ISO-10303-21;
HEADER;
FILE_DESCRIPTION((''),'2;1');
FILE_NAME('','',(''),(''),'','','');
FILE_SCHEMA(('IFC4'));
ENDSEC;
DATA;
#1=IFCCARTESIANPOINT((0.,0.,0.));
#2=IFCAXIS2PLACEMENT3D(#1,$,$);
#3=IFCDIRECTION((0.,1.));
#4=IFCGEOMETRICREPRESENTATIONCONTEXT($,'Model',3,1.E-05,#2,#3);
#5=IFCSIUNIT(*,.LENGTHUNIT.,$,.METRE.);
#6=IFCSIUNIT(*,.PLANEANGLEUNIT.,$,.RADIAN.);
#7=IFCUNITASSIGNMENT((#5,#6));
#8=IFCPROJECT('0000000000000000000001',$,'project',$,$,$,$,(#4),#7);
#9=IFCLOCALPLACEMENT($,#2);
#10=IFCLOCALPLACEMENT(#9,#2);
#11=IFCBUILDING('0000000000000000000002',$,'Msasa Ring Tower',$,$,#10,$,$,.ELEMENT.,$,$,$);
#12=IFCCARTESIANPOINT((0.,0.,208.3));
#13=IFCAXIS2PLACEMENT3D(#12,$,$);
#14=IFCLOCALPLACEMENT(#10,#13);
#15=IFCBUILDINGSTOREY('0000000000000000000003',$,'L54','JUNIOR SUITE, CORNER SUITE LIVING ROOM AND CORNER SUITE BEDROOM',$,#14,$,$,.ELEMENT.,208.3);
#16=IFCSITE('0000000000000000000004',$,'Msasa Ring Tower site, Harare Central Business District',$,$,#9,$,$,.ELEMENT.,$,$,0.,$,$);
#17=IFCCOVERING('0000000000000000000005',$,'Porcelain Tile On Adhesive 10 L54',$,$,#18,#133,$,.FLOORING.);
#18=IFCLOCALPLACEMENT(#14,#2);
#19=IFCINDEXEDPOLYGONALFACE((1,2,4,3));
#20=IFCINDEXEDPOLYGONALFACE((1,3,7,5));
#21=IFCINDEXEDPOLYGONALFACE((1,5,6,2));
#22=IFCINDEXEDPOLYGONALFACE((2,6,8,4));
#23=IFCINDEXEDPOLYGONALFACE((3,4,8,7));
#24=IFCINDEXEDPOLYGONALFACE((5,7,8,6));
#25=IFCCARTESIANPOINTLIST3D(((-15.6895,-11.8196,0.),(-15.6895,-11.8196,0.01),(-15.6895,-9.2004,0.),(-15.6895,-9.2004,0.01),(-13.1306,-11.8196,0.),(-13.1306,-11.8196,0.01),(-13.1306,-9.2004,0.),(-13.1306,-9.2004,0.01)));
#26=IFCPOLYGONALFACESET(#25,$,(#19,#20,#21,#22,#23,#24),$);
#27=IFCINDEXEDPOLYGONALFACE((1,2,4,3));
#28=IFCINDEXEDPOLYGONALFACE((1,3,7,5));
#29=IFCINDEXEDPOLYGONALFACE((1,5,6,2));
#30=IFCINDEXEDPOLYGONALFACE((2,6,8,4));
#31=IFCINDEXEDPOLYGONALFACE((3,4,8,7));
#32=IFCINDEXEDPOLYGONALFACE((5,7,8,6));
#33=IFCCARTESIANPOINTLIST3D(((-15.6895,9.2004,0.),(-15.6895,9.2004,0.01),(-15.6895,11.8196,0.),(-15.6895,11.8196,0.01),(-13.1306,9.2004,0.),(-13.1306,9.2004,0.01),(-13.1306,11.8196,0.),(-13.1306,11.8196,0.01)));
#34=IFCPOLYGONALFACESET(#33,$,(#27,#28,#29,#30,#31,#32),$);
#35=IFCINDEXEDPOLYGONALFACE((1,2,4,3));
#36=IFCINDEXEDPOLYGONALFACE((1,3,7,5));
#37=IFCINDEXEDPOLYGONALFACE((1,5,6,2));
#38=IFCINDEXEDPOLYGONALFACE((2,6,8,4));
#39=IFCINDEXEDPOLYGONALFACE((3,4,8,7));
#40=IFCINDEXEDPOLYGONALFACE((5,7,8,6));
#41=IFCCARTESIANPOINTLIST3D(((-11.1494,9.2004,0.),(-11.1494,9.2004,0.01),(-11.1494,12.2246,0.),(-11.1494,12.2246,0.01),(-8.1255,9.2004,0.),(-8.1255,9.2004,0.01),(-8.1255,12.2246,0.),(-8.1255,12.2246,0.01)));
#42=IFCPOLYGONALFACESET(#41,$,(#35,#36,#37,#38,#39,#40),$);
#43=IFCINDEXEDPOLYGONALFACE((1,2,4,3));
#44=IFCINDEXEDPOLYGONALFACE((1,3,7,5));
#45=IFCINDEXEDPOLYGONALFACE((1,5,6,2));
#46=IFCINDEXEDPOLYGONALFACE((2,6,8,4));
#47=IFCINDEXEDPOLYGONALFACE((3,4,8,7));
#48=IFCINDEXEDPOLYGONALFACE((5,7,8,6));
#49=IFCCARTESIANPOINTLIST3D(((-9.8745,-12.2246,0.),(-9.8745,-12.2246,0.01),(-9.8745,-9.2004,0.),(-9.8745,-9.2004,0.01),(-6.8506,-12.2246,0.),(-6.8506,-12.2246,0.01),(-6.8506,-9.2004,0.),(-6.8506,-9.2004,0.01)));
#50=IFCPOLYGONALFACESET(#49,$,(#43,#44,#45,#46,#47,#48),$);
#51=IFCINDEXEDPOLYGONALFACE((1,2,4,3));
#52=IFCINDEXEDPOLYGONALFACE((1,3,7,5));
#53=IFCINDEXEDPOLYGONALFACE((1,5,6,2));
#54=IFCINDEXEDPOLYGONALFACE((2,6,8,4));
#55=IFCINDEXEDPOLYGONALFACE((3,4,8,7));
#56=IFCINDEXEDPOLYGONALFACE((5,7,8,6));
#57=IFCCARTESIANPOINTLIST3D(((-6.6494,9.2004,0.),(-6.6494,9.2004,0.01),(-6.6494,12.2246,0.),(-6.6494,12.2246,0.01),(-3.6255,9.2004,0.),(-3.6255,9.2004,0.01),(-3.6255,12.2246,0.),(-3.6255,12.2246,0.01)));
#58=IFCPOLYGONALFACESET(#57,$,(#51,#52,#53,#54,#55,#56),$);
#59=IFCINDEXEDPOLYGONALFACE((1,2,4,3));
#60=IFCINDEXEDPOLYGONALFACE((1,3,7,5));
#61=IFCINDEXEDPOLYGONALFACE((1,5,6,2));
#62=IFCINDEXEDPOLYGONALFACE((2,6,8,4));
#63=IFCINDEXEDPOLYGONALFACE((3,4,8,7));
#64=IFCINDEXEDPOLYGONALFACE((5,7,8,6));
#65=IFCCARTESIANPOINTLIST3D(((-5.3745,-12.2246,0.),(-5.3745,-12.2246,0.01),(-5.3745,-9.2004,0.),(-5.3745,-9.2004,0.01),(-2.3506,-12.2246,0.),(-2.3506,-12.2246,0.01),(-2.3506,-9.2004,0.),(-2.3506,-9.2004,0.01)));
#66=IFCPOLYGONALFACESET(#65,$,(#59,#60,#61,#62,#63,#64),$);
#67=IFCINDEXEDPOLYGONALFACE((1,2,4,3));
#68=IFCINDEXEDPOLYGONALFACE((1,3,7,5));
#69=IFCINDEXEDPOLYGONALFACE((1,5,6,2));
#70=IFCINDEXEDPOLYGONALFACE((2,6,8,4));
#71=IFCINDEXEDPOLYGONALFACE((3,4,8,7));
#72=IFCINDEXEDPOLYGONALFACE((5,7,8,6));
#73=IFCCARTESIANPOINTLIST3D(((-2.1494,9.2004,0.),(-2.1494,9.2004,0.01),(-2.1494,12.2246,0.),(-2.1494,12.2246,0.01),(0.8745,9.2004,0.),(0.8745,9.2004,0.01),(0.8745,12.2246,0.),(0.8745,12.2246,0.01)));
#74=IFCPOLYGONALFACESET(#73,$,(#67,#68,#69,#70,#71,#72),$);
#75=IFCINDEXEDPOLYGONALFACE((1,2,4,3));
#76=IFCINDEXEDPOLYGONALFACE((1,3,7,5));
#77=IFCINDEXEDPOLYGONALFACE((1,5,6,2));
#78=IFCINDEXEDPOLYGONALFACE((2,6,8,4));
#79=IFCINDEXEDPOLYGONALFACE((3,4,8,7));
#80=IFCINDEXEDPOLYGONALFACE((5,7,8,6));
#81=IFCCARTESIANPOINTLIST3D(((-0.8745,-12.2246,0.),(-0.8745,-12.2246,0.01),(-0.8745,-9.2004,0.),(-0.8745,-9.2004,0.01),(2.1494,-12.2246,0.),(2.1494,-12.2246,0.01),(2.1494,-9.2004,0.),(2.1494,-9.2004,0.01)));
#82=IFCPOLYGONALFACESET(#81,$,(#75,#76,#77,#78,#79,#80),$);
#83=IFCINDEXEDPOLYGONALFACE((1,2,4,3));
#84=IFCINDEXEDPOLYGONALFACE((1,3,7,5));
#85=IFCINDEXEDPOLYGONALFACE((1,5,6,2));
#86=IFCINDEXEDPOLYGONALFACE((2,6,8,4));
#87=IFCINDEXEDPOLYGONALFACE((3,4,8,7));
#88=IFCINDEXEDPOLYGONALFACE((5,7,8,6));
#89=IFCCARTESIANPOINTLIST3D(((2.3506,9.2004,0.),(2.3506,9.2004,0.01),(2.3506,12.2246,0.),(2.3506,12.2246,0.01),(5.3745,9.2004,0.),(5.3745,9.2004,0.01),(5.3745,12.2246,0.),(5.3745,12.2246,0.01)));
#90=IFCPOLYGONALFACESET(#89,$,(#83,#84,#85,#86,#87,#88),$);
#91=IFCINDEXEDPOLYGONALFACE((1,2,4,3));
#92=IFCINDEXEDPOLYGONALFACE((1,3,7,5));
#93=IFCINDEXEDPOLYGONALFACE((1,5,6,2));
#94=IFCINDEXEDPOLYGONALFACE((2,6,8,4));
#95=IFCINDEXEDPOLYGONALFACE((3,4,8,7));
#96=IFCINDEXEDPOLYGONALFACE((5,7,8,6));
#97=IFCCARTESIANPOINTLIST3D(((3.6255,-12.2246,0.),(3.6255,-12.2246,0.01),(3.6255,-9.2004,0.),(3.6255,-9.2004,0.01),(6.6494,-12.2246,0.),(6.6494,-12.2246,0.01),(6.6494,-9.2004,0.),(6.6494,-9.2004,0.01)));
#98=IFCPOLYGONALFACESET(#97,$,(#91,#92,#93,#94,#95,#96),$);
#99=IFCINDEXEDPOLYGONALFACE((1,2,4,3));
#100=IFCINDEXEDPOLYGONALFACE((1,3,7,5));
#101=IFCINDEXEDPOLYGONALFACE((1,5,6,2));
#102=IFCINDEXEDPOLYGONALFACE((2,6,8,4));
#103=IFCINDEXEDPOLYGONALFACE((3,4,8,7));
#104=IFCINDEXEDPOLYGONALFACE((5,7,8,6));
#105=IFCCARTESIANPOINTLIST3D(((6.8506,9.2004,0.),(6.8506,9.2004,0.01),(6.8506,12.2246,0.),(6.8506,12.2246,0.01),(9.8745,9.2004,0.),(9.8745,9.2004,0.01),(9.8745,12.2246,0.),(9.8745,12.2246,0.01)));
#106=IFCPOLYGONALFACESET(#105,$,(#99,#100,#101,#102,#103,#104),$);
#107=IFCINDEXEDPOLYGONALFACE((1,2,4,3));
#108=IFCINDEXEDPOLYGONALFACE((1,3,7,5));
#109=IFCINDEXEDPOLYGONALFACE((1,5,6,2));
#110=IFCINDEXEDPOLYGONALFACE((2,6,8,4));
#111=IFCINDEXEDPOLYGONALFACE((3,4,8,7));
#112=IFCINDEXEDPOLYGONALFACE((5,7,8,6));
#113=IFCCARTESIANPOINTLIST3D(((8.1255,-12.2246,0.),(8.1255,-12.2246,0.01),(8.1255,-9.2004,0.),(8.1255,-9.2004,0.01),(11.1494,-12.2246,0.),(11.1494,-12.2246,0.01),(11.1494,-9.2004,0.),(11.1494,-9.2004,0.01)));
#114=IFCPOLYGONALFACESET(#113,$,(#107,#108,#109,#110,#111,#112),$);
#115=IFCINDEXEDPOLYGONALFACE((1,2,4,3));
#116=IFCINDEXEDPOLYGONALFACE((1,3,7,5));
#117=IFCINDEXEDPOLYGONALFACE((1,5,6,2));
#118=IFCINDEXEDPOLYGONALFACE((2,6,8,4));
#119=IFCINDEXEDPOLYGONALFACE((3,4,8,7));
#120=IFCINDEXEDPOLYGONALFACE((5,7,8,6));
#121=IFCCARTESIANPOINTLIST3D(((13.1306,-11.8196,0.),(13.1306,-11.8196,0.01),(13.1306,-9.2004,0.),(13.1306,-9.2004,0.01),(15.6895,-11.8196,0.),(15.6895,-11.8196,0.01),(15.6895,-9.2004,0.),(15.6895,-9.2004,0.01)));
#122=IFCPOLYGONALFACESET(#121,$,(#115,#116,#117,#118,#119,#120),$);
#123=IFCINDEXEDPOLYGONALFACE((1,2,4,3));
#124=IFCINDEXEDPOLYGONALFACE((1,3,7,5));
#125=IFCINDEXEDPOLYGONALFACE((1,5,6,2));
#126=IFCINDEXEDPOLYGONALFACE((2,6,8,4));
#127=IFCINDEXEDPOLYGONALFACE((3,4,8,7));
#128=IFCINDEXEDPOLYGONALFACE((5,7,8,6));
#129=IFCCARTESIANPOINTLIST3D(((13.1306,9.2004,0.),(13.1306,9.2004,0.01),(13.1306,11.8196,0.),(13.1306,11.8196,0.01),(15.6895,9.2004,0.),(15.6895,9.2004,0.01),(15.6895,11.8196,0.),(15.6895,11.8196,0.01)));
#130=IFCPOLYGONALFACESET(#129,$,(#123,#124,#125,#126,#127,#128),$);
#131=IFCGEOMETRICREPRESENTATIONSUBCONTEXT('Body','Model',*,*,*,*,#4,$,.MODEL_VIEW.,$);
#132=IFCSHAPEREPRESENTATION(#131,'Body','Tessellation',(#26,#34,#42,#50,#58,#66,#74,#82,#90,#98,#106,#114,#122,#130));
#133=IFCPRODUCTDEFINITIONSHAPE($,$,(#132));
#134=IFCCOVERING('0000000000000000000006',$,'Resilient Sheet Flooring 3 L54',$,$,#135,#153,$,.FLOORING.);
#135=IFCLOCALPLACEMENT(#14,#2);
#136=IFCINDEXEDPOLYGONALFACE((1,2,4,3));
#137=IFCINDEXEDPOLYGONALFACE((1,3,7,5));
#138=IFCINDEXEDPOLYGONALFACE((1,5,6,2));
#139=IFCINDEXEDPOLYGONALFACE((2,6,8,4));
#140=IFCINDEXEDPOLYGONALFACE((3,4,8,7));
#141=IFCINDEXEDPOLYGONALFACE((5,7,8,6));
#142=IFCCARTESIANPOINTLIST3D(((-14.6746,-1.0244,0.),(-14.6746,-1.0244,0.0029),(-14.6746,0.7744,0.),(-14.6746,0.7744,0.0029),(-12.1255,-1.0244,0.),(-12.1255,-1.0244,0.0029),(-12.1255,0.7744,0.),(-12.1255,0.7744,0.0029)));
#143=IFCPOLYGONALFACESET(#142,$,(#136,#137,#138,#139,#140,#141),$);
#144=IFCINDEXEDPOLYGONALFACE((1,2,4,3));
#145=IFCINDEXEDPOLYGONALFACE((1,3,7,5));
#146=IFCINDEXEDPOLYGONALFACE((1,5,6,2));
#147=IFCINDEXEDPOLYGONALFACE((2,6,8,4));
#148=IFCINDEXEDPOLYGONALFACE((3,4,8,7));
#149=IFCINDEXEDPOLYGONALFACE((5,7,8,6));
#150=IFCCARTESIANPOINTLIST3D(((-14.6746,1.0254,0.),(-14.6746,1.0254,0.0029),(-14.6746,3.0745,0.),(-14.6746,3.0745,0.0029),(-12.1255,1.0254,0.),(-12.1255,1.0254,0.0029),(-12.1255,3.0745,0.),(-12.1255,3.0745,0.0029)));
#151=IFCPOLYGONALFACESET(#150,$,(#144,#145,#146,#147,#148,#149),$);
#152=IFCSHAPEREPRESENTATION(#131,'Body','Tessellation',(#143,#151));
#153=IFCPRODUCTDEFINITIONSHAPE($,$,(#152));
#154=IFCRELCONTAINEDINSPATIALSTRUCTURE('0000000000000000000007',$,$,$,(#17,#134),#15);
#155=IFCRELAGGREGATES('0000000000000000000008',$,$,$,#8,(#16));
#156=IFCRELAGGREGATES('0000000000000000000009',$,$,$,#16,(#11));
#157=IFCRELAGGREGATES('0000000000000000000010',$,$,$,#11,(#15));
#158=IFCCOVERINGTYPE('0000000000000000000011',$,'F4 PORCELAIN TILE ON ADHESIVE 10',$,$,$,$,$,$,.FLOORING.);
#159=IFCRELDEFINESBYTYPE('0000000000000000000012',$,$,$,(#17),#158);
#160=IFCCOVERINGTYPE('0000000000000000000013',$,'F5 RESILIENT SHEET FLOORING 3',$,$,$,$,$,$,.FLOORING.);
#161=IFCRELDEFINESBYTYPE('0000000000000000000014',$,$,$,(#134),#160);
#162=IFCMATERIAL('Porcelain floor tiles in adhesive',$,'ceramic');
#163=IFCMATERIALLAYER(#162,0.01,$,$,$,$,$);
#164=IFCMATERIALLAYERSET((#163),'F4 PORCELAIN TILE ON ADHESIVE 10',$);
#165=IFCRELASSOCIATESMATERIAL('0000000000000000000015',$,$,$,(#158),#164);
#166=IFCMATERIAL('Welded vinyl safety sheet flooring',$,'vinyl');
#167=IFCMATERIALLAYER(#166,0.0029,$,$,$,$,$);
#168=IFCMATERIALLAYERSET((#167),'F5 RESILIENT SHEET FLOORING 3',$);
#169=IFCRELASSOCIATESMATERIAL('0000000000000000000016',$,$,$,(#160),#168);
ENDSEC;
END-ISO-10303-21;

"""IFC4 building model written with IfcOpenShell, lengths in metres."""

from ifc_helpers import new_model, si_unit, direction, frame, origin, place, context, subcontext, project, spatial, line, indexed_curve, outline, extrude, material, layer, layer_set, type_object, element, save


model = new_model("IFC4")

# Units and contexts
model_context = context("Model", 3, precision=1e-05, world=origin(), true_north=direction((0.0, 1.0)))
body_context = subcontext(model_context, "Body", "Model", "MODEL_VIEW")
ifc_project = project(units=[si_unit("LENGTHUNIT", "METRE"), si_unit("PLANEANGLEUNIT", "RADIAN")], contexts=[model_context])

# Site, building, storey
site_placement = place(None, origin())
site = spatial("IfcSite", under=ifc_project, at=site_placement, Name="Msasa Ring Tower site, Harare Central Business District", CompositionType="ELEMENT", RefElevation=0.0)
building_placement = place(site_placement, origin())
building = spatial("IfcBuilding", under=site, at=building_placement, Name="Msasa Ring Tower", CompositionType="ELEMENT")
storey_placement = place(building_placement, frame((0.0, 0.0, 208.3)))
storey = spatial("IfcBuildingStorey", under=building, at=storey_placement, Name="L54", Description="JUNIOR SUITE, CORNER SUITE LIVING ROOM AND CORNER SUITE BEDROOM", CompositionType="ELEMENT", Elevation=208.3)

# Coverings
ifc_material_1 = material(Name="Porcelain floor tiles in adhesive", Category="ceramic")
ifc_layer_1 = layer(ifc_material_1, 0.01)
ifc_layer_set_1 = layer_set([ifc_layer_1], Name="F4 PORCELAIN TILE ON ADHESIVE 10")
covering_type_1 = type_object("IfcCoveringType", Name="F4 PORCELAIN TILE ON ADHESIVE 10", PredefinedType="FLOORING", material=ifc_layer_set_1)
covering_1_placement = place(storey_placement, origin())
element("IfcCovering", 1, at=covering_1_placement, inside=storey, type_object=covering_type_1, Name="Porcelain Tile On Adhesive 10 L54", PredefinedType="FLOORING", context=body_context, shape_type="SweptSolid", body=[
    extrude(outline(indexed_curve([(-13.1306, -9.2004), (-13.1306, -11.8196), (-15.6895, -11.8196), (-15.6895, -9.2004)], segments=[line(1, 2, 3, 4, 1)], self_intersect=False)), origin(), (0.0, 0.0, 1.0), 0.01),
    extrude(outline(indexed_curve([(-13.1306, 11.8196), (-13.1306, 9.2004), (-15.6895, 9.2004), (-15.6895, 11.8196)], segments=[line(1, 2, 3, 4, 1)], self_intersect=False)), origin(), (0.0, 0.0, 1.0), 0.01),
    extrude(outline(indexed_curve([(-11.1494, 9.2004), (-11.1494, 12.2246), (-8.1255, 12.2246), (-8.1255, 9.2004)], segments=[line(1, 2, 3, 4, 1)], self_intersect=False)), origin(), (0.0, 0.0, 1.0), 0.01),
    extrude(outline(indexed_curve([(-6.8506, -9.2004), (-6.8506, -12.2246), (-9.8745, -12.2246), (-9.8745, -9.2004)], segments=[line(1, 2, 3, 4, 1)], self_intersect=False)), origin(), (0.0, 0.0, 1.0), 0.01),
    extrude(outline(indexed_curve([(-6.6494, 9.2004), (-6.6494, 12.2246), (-3.6255, 12.2246), (-3.6255, 9.2004)], segments=[line(1, 2, 3, 4, 1)], self_intersect=False)), origin(), (0.0, 0.0, 1.0), 0.01),
    extrude(outline(indexed_curve([(-2.3506, -9.2004), (-2.3506, -12.2246), (-5.3745, -12.2246), (-5.3745, -9.2004)], segments=[line(1, 2, 3, 4, 1)], self_intersect=False)), origin(), (0.0, 0.0, 1.0), 0.01),
    extrude(outline(indexed_curve([(-2.1494, 9.2004), (-2.1494, 12.2246), (0.8745, 12.2246), (0.8745, 9.2004)], segments=[line(1, 2, 3, 4, 1)], self_intersect=False)), origin(), (0.0, 0.0, 1.0), 0.01),
    extrude(outline(indexed_curve([(2.1494, -9.2004), (2.1494, -12.2246), (-0.8745, -12.2246), (-0.8745, -9.2004)], segments=[line(1, 2, 3, 4, 1)], self_intersect=False)), origin(), (0.0, 0.0, 1.0), 0.01),
    extrude(outline(indexed_curve([(2.3506, 9.2004), (2.3506, 12.2246), (5.3745, 12.2246), (5.3745, 9.2004)], segments=[line(1, 2, 3, 4, 1)], self_intersect=False)), origin(), (0.0, 0.0, 1.0), 0.01),
    extrude(outline(indexed_curve([(6.6494, -9.2004), (6.6494, -12.2246), (3.6255, -12.2246), (3.6255, -9.2004)], segments=[line(1, 2, 3, 4, 1)], self_intersect=False)), origin(), (0.0, 0.0, 1.0), 0.01),
    extrude(outline(indexed_curve([(6.8506, 9.2004), (6.8506, 12.2246), (9.8745, 12.2246), (9.8745, 9.2004)], segments=[line(1, 2, 3, 4, 1)], self_intersect=False)), origin(), (0.0, 0.0, 1.0), 0.01),
    extrude(outline(indexed_curve([(11.1494, -9.2004), (11.1494, -12.2246), (8.1255, -12.2246), (8.1255, -9.2004)], segments=[line(1, 2, 3, 4, 1)], self_intersect=False)), origin(), (0.0, 0.0, 1.0), 0.01),
    extrude(outline(indexed_curve([(15.6895, -9.2004), (15.6895, -11.8196), (13.1306, -11.8196), (13.1306, -9.2004)], segments=[line(1, 2, 3, 4, 1)], self_intersect=False)), origin(), (0.0, 0.0, 1.0), 0.01),
    extrude(outline(indexed_curve([(15.6895, 11.8196), (15.6895, 9.2004), (13.1306, 9.2004), (13.1306, 11.8196)], segments=[line(1, 2, 3, 4, 1)], self_intersect=False)), origin(), (0.0, 0.0, 1.0), 0.01),
])
ifc_material_2 = material(Name="Welded vinyl safety sheet flooring", Category="vinyl")
ifc_layer_2 = layer(ifc_material_2, 0.0029)
ifc_layer_set_2 = layer_set([ifc_layer_2], Name="F5 RESILIENT SHEET FLOORING 3")
covering_type_2 = type_object("IfcCoveringType", Name="F5 RESILIENT SHEET FLOORING 3", PredefinedType="FLOORING", material=ifc_layer_set_2)
covering_2_placement = place(storey_placement, origin())
element("IfcCovering", 2, at=covering_2_placement, inside=storey, type_object=covering_type_2, Name="Resilient Sheet Flooring 3 L54", PredefinedType="FLOORING", context=body_context, shape_type="SweptSolid", body=[
    extrude(outline(indexed_curve([(-12.1255, -1.0244), (-14.6746, -1.0244), (-14.6746, 0.7744), (-12.1255, 0.7744)], segments=[line(1, 2, 3, 4, 1)], self_intersect=False)), origin(), (0.0, 0.0, 1.0), 0.0029),
    extrude(outline(indexed_curve([(-12.1255, 1.0254), (-14.6746, 1.0254), (-14.6746, 3.0745), (-12.1255, 3.0745)], segments=[line(1, 2, 3, 4, 1)], self_intersect=False)), origin(), (0.0, 0.0, 1.0), 0.0029),
])

save(model, "model.ifc")
